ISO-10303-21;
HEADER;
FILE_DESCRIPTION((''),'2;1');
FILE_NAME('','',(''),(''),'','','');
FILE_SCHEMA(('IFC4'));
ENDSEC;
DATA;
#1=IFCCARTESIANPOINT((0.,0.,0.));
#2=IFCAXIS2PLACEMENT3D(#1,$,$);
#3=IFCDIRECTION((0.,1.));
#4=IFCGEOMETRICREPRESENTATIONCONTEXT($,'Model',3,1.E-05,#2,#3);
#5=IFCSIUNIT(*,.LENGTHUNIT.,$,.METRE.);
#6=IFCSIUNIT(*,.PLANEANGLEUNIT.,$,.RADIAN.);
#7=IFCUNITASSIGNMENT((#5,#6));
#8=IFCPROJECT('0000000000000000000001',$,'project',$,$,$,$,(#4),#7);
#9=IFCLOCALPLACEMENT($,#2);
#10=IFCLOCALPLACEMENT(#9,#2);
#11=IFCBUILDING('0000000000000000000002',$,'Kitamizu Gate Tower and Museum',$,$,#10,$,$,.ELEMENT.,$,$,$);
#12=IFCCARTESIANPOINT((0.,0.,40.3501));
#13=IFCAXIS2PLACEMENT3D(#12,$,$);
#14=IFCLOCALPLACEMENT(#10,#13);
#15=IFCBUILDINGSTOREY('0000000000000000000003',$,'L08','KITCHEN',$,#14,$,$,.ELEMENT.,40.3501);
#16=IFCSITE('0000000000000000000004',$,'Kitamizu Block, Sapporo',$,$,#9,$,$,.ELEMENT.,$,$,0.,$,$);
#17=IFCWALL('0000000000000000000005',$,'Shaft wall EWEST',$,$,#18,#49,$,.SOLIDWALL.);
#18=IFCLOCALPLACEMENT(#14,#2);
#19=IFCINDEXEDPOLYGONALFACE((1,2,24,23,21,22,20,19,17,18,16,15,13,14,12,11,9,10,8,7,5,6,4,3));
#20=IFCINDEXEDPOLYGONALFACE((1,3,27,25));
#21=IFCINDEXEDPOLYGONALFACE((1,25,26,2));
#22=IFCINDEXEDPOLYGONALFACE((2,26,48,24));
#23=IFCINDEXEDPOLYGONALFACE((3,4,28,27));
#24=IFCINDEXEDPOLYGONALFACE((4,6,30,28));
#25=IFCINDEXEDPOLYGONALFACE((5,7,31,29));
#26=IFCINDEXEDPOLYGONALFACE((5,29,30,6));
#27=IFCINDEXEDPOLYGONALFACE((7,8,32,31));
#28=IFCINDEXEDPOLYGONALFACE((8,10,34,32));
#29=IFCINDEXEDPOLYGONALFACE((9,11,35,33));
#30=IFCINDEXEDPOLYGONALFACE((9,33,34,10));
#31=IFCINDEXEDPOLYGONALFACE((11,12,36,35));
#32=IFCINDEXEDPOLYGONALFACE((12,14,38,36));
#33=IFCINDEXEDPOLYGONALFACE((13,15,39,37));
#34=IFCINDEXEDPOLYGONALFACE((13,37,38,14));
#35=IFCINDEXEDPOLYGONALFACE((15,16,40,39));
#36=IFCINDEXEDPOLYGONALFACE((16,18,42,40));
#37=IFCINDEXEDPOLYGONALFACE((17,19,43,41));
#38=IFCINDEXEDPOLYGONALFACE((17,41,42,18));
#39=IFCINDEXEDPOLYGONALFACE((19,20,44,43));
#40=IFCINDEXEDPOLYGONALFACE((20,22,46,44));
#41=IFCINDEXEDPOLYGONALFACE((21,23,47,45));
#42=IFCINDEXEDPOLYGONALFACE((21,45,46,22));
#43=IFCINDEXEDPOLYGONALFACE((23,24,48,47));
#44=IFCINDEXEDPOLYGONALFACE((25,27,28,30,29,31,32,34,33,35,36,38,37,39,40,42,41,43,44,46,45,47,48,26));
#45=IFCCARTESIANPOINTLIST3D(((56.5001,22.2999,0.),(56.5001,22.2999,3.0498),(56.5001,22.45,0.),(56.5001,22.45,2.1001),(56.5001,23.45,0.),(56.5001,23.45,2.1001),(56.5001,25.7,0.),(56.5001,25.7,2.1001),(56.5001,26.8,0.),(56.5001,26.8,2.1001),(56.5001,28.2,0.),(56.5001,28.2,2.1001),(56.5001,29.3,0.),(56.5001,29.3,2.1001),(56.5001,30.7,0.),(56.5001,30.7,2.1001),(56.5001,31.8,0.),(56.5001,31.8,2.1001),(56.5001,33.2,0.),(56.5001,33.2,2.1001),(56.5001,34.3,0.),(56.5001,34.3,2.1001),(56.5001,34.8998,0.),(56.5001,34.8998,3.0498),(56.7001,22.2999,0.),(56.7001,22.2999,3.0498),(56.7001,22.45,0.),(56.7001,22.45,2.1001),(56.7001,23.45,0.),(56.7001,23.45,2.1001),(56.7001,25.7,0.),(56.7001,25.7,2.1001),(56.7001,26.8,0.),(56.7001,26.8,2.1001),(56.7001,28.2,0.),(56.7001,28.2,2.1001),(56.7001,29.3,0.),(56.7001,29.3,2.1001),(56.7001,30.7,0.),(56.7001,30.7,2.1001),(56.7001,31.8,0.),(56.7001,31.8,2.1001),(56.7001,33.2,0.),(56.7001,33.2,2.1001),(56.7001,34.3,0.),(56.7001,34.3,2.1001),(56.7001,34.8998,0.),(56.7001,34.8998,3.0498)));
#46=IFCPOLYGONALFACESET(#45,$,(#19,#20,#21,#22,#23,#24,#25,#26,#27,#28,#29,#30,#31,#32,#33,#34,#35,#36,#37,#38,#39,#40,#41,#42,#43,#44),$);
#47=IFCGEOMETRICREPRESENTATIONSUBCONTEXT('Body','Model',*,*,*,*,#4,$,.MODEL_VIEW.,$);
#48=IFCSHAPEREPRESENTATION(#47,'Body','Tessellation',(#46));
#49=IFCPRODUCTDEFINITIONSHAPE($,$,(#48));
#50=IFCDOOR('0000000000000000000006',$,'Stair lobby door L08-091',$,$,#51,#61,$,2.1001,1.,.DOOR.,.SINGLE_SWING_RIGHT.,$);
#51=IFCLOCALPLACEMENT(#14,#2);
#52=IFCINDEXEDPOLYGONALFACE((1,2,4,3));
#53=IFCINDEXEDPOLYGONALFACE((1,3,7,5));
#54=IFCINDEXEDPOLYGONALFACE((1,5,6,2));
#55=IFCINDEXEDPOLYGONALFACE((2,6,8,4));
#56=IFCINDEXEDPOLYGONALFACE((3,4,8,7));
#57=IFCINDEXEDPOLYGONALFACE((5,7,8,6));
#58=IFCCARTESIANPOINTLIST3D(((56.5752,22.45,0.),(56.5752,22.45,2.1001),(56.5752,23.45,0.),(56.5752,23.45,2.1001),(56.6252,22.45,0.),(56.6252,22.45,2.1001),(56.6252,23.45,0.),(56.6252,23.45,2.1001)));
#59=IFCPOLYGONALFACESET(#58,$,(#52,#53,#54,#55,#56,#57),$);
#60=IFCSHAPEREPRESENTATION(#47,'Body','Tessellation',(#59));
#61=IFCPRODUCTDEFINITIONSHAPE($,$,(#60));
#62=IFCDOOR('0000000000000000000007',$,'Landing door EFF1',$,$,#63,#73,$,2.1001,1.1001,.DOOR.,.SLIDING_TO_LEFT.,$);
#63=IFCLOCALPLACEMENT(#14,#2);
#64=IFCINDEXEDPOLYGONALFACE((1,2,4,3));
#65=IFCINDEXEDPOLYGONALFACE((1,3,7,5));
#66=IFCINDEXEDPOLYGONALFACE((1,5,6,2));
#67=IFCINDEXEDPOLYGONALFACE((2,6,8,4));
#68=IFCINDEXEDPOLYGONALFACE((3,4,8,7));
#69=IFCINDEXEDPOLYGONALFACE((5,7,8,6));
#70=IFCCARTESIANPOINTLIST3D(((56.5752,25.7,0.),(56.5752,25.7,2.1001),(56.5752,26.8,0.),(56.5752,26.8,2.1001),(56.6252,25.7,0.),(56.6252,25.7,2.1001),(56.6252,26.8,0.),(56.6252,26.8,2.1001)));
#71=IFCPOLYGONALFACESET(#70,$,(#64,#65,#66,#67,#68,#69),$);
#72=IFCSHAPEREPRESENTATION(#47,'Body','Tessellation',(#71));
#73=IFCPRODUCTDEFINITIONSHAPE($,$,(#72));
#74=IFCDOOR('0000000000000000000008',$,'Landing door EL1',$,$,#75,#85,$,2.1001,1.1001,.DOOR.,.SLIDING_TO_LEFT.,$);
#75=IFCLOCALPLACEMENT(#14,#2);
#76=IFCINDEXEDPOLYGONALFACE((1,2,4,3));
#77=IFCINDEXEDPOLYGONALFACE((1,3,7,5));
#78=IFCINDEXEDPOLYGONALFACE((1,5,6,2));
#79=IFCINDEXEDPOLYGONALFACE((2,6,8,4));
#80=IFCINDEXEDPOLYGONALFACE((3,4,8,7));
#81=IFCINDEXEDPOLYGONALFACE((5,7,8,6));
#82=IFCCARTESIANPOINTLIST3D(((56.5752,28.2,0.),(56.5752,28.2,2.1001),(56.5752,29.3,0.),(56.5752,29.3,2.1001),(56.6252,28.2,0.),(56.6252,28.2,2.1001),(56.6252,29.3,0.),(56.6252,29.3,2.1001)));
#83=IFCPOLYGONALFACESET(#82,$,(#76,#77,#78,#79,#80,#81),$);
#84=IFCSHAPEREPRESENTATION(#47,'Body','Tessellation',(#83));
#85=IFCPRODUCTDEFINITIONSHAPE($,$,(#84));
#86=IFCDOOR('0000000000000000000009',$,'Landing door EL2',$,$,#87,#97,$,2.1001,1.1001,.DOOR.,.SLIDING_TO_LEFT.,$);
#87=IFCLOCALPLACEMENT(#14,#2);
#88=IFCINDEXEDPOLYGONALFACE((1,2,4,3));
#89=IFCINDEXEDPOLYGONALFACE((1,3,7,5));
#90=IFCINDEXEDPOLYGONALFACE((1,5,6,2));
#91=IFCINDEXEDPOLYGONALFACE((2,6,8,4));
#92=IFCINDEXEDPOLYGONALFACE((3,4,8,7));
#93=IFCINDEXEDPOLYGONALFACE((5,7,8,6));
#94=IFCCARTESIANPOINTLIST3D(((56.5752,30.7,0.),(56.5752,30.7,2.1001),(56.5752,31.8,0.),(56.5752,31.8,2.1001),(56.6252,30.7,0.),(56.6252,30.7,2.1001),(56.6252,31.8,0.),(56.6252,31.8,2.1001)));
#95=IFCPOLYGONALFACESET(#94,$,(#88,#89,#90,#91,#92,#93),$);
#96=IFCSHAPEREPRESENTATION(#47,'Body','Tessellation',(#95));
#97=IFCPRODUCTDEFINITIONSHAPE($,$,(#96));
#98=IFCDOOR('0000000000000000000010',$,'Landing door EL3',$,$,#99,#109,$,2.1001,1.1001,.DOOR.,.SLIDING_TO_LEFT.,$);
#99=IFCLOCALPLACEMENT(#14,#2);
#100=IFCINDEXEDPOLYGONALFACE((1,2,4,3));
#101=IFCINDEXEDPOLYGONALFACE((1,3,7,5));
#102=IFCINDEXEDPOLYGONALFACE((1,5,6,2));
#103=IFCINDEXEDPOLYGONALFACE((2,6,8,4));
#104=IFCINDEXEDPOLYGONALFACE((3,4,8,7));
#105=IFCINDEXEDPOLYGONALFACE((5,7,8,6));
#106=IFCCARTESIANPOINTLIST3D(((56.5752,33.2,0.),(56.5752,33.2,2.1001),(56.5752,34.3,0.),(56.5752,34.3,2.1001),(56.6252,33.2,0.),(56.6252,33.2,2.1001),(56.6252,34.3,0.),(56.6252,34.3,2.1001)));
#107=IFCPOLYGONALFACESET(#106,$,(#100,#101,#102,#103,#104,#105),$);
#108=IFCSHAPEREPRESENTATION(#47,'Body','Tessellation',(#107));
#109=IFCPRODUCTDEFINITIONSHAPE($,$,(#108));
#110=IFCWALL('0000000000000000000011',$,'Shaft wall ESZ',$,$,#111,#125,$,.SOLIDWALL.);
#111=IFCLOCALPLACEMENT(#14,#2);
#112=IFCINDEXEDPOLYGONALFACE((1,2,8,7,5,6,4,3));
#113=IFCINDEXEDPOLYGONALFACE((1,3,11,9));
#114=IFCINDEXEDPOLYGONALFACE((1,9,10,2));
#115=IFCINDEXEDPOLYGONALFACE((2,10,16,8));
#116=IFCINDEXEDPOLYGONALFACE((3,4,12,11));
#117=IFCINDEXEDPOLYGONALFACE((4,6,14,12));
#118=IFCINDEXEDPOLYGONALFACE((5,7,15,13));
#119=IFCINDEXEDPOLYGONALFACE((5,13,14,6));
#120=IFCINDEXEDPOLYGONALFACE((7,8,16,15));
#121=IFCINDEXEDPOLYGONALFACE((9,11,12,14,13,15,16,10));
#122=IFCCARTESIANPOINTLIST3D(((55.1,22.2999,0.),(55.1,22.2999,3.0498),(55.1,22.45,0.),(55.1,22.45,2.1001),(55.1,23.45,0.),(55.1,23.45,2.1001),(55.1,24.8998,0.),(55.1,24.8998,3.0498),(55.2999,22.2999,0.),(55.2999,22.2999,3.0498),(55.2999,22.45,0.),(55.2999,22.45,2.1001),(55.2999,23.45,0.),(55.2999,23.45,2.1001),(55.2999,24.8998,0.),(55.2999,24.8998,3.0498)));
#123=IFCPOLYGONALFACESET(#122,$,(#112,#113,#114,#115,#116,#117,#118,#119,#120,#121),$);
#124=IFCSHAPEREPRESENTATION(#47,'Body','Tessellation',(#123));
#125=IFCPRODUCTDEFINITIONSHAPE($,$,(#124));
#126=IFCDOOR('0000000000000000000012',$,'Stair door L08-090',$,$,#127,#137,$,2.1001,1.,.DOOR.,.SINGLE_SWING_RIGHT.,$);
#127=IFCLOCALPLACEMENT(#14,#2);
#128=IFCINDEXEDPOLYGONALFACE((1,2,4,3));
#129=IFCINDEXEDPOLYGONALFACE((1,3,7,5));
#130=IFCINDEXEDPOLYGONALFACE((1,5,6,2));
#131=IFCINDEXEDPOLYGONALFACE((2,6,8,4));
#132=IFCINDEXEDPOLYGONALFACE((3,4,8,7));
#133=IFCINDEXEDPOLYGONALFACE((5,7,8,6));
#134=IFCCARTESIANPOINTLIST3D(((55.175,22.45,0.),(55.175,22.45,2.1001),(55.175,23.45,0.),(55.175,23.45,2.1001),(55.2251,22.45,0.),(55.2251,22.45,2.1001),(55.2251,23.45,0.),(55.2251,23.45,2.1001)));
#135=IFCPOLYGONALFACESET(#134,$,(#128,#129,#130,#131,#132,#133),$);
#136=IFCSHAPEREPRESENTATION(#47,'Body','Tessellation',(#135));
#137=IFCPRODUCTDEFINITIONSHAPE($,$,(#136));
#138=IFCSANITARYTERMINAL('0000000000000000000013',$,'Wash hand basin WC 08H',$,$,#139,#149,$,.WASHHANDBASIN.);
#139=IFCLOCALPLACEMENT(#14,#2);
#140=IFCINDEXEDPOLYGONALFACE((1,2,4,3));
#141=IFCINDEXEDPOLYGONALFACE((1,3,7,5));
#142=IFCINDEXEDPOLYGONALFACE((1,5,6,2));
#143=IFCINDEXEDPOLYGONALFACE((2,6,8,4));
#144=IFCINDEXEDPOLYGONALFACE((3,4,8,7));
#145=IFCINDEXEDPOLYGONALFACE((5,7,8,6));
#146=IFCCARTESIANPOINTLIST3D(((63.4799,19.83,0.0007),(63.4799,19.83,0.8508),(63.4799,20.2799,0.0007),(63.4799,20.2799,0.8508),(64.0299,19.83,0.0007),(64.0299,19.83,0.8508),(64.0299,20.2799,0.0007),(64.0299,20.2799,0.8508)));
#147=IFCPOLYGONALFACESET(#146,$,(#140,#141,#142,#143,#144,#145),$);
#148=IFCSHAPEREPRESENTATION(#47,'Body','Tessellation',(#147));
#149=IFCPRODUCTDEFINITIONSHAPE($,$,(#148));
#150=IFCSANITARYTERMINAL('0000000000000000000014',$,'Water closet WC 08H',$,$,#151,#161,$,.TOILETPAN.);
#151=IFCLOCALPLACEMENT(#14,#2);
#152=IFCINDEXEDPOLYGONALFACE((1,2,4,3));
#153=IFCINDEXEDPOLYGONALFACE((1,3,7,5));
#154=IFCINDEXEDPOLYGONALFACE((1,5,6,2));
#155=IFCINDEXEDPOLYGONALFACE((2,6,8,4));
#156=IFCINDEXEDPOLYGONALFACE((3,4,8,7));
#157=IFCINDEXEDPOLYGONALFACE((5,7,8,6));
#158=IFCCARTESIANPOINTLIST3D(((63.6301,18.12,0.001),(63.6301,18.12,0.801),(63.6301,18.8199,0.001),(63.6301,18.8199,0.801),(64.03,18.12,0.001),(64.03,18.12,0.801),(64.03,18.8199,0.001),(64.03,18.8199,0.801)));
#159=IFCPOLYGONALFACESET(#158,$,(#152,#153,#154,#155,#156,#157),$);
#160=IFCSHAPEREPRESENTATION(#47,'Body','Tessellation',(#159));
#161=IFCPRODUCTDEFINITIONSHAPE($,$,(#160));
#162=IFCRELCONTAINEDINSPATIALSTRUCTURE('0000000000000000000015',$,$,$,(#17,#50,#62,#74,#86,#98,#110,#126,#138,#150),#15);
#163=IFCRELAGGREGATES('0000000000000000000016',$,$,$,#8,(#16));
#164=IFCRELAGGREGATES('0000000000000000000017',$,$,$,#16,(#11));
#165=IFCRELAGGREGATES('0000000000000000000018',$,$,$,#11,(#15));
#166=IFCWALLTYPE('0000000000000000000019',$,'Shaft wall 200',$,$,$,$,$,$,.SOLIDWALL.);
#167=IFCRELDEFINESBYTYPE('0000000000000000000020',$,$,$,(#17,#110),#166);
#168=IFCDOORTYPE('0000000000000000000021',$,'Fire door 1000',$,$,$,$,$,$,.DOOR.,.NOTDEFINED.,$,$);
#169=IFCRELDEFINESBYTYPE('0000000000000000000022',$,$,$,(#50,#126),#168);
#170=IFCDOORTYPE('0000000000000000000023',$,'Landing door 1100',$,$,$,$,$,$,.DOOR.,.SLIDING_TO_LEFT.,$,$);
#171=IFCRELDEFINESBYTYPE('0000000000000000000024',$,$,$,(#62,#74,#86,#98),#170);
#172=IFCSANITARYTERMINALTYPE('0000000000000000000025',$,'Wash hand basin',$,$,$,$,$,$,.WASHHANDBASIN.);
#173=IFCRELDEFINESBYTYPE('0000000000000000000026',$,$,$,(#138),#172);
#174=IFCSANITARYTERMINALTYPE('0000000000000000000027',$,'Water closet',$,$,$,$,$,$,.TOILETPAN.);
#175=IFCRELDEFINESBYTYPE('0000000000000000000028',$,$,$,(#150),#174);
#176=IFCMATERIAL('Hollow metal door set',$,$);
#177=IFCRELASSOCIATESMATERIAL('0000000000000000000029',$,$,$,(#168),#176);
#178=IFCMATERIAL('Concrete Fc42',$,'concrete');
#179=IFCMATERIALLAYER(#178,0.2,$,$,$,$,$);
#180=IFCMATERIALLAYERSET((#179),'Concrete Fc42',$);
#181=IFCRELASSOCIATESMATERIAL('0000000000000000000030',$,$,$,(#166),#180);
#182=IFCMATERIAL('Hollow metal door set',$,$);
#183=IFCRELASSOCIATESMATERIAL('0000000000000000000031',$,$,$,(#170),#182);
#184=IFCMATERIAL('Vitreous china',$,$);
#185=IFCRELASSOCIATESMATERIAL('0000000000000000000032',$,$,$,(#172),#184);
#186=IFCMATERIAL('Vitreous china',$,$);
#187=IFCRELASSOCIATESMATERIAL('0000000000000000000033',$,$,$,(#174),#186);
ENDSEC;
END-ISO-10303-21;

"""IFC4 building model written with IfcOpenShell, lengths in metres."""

from ifc_helpers import new_model, si_unit, direction, frame, frame_2d, origin, origin_2d, place, context, subcontext, project, spatial, rectangle, extrude, material, layer, layer_set, type_object, element, fill, save


model = new_model("IFC4")

# Units and contexts
model_context = context("Model", 3, precision=1e-05, world=origin(), true_north=direction((0.0, 1.0)))
body_context = subcontext(model_context, "Body", "Model", "MODEL_VIEW")
ifc_project = project(units=[si_unit("LENGTHUNIT", "METRE"), si_unit("PLANEANGLEUNIT", "RADIAN")], contexts=[model_context])

# Site, building, storey
site_placement = place(None, origin())
site = spatial("IfcSite", under=ifc_project, at=site_placement, Name="Kitamizu Block, Sapporo", CompositionType="ELEMENT", RefElevation=0.0)
building_placement = place(site_placement, origin())
building = spatial("IfcBuilding", under=site, at=building_placement, Name="Kitamizu Gate Tower and Museum", CompositionType="ELEMENT")
storey_placement = place(building_placement, frame((0.0, 0.0, 40.3501)))
storey = spatial("IfcBuildingStorey", under=building, at=storey_placement, Name="L08", Description="KITCHEN", CompositionType="ELEMENT", Elevation=40.3501)

# Shared definitions
ifc_material_1 = material(Name="Hollow metal door set")
door_type_1 = type_object("IfcDoorType", Name="Fire door 1000", OperationType="NOTDEFINED", PredefinedType="DOOR", material=ifc_material_1)

# Wall, openings, doors
ifc_material_2 = material(Name="Concrete Fc42", Category="concrete")
ifc_layer_1 = layer(ifc_material_2, 0.2)
ifc_layer_set_1 = layer_set([ifc_layer_1], Name="Concrete Fc42")
wall_type_1 = type_object("IfcWallType", Name="Shaft wall 200", PredefinedType="SOLIDWALL", material=ifc_layer_set_1)
wall_1_placement = place(storey_placement, frame((56.6001, 22.3, 0.0), z_axis=(0.0, 0.0, 1.0), x_axis=(0.0, 1.0, 0.0)))
wall_1 = element("IfcWall", 1, at=wall_1_placement, inside=storey, type_object=wall_type_1, Name="Shaft wall EWEST", PredefinedType="SOLIDWALL", context=body_context, shape_type="SweptSolid", body=[
    extrude(rectangle(XDim=12.5999, YDim=0.2, at=frame_2d((6.2998, 0.0))), origin(), (0.0, 0.0, 1.0), 3.0498),
])
opening_1_placement = place(wall_1_placement, frame((3.3999, 0.0, 0.0)))
opening_1 = element("IfcOpeningElement", 2, at=opening_1_placement, cuts=wall_1, PredefinedType="OPENING", context=body_context, shape_type="SweptSolid", body=[
    extrude(rectangle(XDim=1.1001, YDim=2.1001, at=frame_2d((0.55, 1.05))), frame((0.0, 0.1099, 0.0), z_axis=(0.0, -1.0, 0.0), x_axis=(1.0, 0.0, 0.0)), (0.0, 0.0, 1.0), 0.22),
])
opening_2_placement = place(wall_1_placement, frame((5.8999, 0.0, 0.0)))
opening_2 = element("IfcOpeningElement", 3, at=opening_2_placement, cuts=wall_1, PredefinedType="OPENING", context=body_context, shape_type="SweptSolid", body=[
    extrude(rectangle(XDim=1.1001, YDim=2.1001, at=frame_2d((0.55, 1.05))), frame((0.0, 0.1099, 0.0), z_axis=(0.0, -1.0, 0.0), x_axis=(1.0, 0.0, 0.0)), (0.0, 0.0, 1.0), 0.22),
])
opening_3_placement = place(wall_1_placement, frame((8.3999, 0.0, 0.0)))
opening_3 = element("IfcOpeningElement", 4, at=opening_3_placement, cuts=wall_1, PredefinedType="OPENING", context=body_context, shape_type="SweptSolid", body=[
    extrude(rectangle(XDim=1.1001, YDim=2.1001, at=frame_2d((0.55, 1.05))), frame((0.0, 0.1099, 0.0), z_axis=(0.0, -1.0, 0.0), x_axis=(1.0, 0.0, 0.0)), (0.0, 0.0, 1.0), 0.22),
])
opening_4_placement = place(wall_1_placement, frame((10.8999, 0.0, 0.0)))
opening_4 = element("IfcOpeningElement", 5, at=opening_4_placement, cuts=wall_1, PredefinedType="OPENING", context=body_context, shape_type="SweptSolid", body=[
    extrude(rectangle(XDim=1.1001, YDim=2.1001, at=frame_2d((0.55, 1.05))), frame((0.0, 0.1099, 0.0), z_axis=(0.0, -1.0, 0.0), x_axis=(1.0, 0.0, 0.0)), (0.0, 0.0, 1.0), 0.22),
])
opening_5_placement = place(wall_1_placement, frame((0.1499, 0.0, 0.0)))
opening_5 = element("IfcOpeningElement", 6, at=opening_5_placement, cuts=wall_1, PredefinedType="OPENING", context=body_context, shape_type="SweptSolid", body=[
    extrude(rectangle(XDim=1.0, YDim=2.1001, at=frame_2d((0.5, 1.05))), frame((0.0, 0.1099, 0.0), z_axis=(0.0, -1.0, 0.0), x_axis=(1.0, 0.0, 0.0)), (0.0, 0.0, 1.0), 0.22),
])
door_1_placement = place(opening_5_placement, origin())
door_1 = element("IfcDoor", 7, at=door_1_placement, inside=storey, type_object=door_type_1, Name="Stair lobby door L08-091", OperationType="SINGLE_SWING_RIGHT", OverallHeight=2.1001, OverallWidth=1.0, PredefinedType="DOOR", context=body_context, shape_type="SweptSolid", body=[
    extrude(rectangle(XDim=1.0, YDim=2.1001, at=frame_2d((0.5, 1.05))), frame((0.0, 0.0249, 0.0), z_axis=(0.0, -1.0, 0.0), x_axis=(1.0, 0.0, 0.0)), (0.0, 0.0, 1.0), 0.05),
])
fill(opening_5, door_1)
ifc_material_3 = material(Name="Hollow metal door set")
door_type_2 = type_object("IfcDoorType", Name="Landing door 1100", OperationType="SLIDING_TO_LEFT", PredefinedType="DOOR", material=ifc_material_3)
door_2_placement = place(opening_1_placement, origin())
door_2 = element("IfcDoor", 8, at=door_2_placement, inside=storey, type_object=door_type_2, Name="Landing door EFF1", OperationType="SLIDING_TO_LEFT", OverallHeight=2.1001, OverallWidth=1.1001, PredefinedType="DOOR", context=body_context, shape_type="SweptSolid", body=[
    extrude(rectangle(XDim=1.1001, YDim=2.1001, at=frame_2d((0.55, 1.05))), frame((0.0, 0.0249, 0.0), z_axis=(0.0, -1.0, 0.0), x_axis=(1.0, 0.0, 0.0)), (0.0, 0.0, 1.0), 0.05),
])
fill(opening_1, door_2)
door_3_placement = place(opening_2_placement, origin())
door_3 = element("IfcDoor", 9, at=door_3_placement, inside=storey, type_object=door_type_2, Name="Landing door EL1", OperationType="SLIDING_TO_LEFT", OverallHeight=2.1001, OverallWidth=1.1001, PredefinedType="DOOR", context=body_context, shape_type="SweptSolid", body=[
    extrude(rectangle(XDim=1.1001, YDim=2.1001, at=frame_2d((0.55, 1.05))), frame((0.0, 0.0249, 0.0), z_axis=(0.0, -1.0, 0.0), x_axis=(1.0, 0.0, 0.0)), (0.0, 0.0, 1.0), 0.05),
])
fill(opening_2, door_3)
door_4_placement = place(opening_3_placement, origin())
door_4 = element("IfcDoor", 10, at=door_4_placement, inside=storey, type_object=door_type_2, Name="Landing door EL2", OperationType="SLIDING_TO_LEFT", OverallHeight=2.1001, OverallWidth=1.1001, PredefinedType="DOOR", context=body_context, shape_type="SweptSolid", body=[
    extrude(rectangle(XDim=1.1001, YDim=2.1001, at=frame_2d((0.55, 1.05))), frame((0.0, 0.0249, 0.0), z_axis=(0.0, -1.0, 0.0), x_axis=(1.0, 0.0, 0.0)), (0.0, 0.0, 1.0), 0.05),
])
fill(opening_3, door_4)
door_5_placement = place(opening_4_placement, origin())
door_5 = element("IfcDoor", 11, at=door_5_placement, inside=storey, type_object=door_type_2, Name="Landing door EL3", OperationType="SLIDING_TO_LEFT", OverallHeight=2.1001, OverallWidth=1.1001, PredefinedType="DOOR", context=body_context, shape_type="SweptSolid", body=[
    extrude(rectangle(XDim=1.1001, YDim=2.1001, at=frame_2d((0.55, 1.05))), frame((0.0, 0.0249, 0.0), z_axis=(0.0, -1.0, 0.0), x_axis=(1.0, 0.0, 0.0)), (0.0, 0.0, 1.0), 0.05),
])
fill(opening_4, door_5)

# Wall, opening, door
wall_2_placement = place(storey_placement, frame((55.2, 22.3, 0.0), z_axis=(0.0, 0.0, 1.0), x_axis=(0.0, 1.0, 0.0)))
wall_2 = element("IfcWall", 12, at=wall_2_placement, inside=storey, type_object=wall_type_1, Name="Shaft wall ESZ", PredefinedType="SOLIDWALL", context=body_context, shape_type="SweptSolid", body=[
    extrude(rectangle(XDim=2.5999, YDim=0.2, at=frame_2d((1.2998, 0.0))), origin(), (0.0, 0.0, 1.0), 3.0498),
])
opening_6_placement = place(wall_2_placement, frame((0.1499, 0.0, 0.0)))
opening_6 = element("IfcOpeningElement", 13, at=opening_6_placement, cuts=wall_2, PredefinedType="OPENING", context=body_context, shape_type="SweptSolid", body=[
    extrude(rectangle(XDim=1.0, YDim=2.1001, at=frame_2d((0.5, 1.05))), frame((0.0, 0.1099, 0.0), z_axis=(0.0, -1.0, 0.0), x_axis=(1.0, 0.0, 0.0)), (0.0, 0.0, 1.0), 0.22),
])
door_6_placement = place(opening_6_placement, origin())
door_6 = element("IfcDoor", 14, at=door_6_placement, inside=storey, type_object=door_type_1, Name="Stair door L08-090", OperationType="SINGLE_SWING_RIGHT", OverallHeight=2.1001, OverallWidth=1.0, PredefinedType="DOOR", context=body_context, shape_type="SweptSolid", body=[
    extrude(rectangle(XDim=1.0, YDim=2.1001, at=frame_2d((0.5, 1.05))), frame((0.0, 0.0249, 0.0), z_axis=(0.0, -1.0, 0.0), x_axis=(1.0, 0.0, 0.0)), (0.0, 0.0, 1.0), 0.05),
])
fill(opening_6, door_6)

# Sanitary terminals
ifc_material_4 = material(Name="Vitreous china")
sanitary_terminal_type_1 = type_object("IfcSanitaryTerminalType", Name="Wash hand basin", PredefinedType="WASHHANDBASIN", material=ifc_material_4)
sanitary_terminal_1_placement = place(storey_placement, frame((63.7549, 20.0549, 0.0007), z_axis=(0.0, 0.0, 1.0), x_axis=(1.0, 0.0, 0.0)))
element("IfcSanitaryTerminal", 15, at=sanitary_terminal_1_placement, inside=storey, type_object=sanitary_terminal_type_1, Name="Wash hand basin WC 08H", PredefinedType="WASHHANDBASIN", context=body_context, shape_type="SweptSolid", body=[
    extrude(rectangle(XDim=0.55, YDim=0.45, at=origin_2d()), origin(), (0.0, 0.0, 1.0), 0.8501),
])
ifc_material_5 = material(Name="Vitreous china")
sanitary_terminal_type_2 = type_object("IfcSanitaryTerminalType", Name="Water closet", PredefinedType="TOILETPAN", material=ifc_material_5)
sanitary_terminal_2_placement = place(storey_placement, frame((63.8301, 18.47, 0.001), z_axis=(0.0, 0.0, 1.0), x_axis=(1.0, 0.0, 0.0)))
element("IfcSanitaryTerminal", 16, at=sanitary_terminal_2_placement, inside=storey, type_object=sanitary_terminal_type_2, Name="Water closet WC 08H", PredefinedType="TOILETPAN", context=body_context, shape_type="SweptSolid", body=[
    extrude(rectangle(XDim=0.3999, YDim=0.7, at=origin_2d()), origin(), (0.0, 0.0, 1.0), 0.8),
])

save(model, "model.ifc")
